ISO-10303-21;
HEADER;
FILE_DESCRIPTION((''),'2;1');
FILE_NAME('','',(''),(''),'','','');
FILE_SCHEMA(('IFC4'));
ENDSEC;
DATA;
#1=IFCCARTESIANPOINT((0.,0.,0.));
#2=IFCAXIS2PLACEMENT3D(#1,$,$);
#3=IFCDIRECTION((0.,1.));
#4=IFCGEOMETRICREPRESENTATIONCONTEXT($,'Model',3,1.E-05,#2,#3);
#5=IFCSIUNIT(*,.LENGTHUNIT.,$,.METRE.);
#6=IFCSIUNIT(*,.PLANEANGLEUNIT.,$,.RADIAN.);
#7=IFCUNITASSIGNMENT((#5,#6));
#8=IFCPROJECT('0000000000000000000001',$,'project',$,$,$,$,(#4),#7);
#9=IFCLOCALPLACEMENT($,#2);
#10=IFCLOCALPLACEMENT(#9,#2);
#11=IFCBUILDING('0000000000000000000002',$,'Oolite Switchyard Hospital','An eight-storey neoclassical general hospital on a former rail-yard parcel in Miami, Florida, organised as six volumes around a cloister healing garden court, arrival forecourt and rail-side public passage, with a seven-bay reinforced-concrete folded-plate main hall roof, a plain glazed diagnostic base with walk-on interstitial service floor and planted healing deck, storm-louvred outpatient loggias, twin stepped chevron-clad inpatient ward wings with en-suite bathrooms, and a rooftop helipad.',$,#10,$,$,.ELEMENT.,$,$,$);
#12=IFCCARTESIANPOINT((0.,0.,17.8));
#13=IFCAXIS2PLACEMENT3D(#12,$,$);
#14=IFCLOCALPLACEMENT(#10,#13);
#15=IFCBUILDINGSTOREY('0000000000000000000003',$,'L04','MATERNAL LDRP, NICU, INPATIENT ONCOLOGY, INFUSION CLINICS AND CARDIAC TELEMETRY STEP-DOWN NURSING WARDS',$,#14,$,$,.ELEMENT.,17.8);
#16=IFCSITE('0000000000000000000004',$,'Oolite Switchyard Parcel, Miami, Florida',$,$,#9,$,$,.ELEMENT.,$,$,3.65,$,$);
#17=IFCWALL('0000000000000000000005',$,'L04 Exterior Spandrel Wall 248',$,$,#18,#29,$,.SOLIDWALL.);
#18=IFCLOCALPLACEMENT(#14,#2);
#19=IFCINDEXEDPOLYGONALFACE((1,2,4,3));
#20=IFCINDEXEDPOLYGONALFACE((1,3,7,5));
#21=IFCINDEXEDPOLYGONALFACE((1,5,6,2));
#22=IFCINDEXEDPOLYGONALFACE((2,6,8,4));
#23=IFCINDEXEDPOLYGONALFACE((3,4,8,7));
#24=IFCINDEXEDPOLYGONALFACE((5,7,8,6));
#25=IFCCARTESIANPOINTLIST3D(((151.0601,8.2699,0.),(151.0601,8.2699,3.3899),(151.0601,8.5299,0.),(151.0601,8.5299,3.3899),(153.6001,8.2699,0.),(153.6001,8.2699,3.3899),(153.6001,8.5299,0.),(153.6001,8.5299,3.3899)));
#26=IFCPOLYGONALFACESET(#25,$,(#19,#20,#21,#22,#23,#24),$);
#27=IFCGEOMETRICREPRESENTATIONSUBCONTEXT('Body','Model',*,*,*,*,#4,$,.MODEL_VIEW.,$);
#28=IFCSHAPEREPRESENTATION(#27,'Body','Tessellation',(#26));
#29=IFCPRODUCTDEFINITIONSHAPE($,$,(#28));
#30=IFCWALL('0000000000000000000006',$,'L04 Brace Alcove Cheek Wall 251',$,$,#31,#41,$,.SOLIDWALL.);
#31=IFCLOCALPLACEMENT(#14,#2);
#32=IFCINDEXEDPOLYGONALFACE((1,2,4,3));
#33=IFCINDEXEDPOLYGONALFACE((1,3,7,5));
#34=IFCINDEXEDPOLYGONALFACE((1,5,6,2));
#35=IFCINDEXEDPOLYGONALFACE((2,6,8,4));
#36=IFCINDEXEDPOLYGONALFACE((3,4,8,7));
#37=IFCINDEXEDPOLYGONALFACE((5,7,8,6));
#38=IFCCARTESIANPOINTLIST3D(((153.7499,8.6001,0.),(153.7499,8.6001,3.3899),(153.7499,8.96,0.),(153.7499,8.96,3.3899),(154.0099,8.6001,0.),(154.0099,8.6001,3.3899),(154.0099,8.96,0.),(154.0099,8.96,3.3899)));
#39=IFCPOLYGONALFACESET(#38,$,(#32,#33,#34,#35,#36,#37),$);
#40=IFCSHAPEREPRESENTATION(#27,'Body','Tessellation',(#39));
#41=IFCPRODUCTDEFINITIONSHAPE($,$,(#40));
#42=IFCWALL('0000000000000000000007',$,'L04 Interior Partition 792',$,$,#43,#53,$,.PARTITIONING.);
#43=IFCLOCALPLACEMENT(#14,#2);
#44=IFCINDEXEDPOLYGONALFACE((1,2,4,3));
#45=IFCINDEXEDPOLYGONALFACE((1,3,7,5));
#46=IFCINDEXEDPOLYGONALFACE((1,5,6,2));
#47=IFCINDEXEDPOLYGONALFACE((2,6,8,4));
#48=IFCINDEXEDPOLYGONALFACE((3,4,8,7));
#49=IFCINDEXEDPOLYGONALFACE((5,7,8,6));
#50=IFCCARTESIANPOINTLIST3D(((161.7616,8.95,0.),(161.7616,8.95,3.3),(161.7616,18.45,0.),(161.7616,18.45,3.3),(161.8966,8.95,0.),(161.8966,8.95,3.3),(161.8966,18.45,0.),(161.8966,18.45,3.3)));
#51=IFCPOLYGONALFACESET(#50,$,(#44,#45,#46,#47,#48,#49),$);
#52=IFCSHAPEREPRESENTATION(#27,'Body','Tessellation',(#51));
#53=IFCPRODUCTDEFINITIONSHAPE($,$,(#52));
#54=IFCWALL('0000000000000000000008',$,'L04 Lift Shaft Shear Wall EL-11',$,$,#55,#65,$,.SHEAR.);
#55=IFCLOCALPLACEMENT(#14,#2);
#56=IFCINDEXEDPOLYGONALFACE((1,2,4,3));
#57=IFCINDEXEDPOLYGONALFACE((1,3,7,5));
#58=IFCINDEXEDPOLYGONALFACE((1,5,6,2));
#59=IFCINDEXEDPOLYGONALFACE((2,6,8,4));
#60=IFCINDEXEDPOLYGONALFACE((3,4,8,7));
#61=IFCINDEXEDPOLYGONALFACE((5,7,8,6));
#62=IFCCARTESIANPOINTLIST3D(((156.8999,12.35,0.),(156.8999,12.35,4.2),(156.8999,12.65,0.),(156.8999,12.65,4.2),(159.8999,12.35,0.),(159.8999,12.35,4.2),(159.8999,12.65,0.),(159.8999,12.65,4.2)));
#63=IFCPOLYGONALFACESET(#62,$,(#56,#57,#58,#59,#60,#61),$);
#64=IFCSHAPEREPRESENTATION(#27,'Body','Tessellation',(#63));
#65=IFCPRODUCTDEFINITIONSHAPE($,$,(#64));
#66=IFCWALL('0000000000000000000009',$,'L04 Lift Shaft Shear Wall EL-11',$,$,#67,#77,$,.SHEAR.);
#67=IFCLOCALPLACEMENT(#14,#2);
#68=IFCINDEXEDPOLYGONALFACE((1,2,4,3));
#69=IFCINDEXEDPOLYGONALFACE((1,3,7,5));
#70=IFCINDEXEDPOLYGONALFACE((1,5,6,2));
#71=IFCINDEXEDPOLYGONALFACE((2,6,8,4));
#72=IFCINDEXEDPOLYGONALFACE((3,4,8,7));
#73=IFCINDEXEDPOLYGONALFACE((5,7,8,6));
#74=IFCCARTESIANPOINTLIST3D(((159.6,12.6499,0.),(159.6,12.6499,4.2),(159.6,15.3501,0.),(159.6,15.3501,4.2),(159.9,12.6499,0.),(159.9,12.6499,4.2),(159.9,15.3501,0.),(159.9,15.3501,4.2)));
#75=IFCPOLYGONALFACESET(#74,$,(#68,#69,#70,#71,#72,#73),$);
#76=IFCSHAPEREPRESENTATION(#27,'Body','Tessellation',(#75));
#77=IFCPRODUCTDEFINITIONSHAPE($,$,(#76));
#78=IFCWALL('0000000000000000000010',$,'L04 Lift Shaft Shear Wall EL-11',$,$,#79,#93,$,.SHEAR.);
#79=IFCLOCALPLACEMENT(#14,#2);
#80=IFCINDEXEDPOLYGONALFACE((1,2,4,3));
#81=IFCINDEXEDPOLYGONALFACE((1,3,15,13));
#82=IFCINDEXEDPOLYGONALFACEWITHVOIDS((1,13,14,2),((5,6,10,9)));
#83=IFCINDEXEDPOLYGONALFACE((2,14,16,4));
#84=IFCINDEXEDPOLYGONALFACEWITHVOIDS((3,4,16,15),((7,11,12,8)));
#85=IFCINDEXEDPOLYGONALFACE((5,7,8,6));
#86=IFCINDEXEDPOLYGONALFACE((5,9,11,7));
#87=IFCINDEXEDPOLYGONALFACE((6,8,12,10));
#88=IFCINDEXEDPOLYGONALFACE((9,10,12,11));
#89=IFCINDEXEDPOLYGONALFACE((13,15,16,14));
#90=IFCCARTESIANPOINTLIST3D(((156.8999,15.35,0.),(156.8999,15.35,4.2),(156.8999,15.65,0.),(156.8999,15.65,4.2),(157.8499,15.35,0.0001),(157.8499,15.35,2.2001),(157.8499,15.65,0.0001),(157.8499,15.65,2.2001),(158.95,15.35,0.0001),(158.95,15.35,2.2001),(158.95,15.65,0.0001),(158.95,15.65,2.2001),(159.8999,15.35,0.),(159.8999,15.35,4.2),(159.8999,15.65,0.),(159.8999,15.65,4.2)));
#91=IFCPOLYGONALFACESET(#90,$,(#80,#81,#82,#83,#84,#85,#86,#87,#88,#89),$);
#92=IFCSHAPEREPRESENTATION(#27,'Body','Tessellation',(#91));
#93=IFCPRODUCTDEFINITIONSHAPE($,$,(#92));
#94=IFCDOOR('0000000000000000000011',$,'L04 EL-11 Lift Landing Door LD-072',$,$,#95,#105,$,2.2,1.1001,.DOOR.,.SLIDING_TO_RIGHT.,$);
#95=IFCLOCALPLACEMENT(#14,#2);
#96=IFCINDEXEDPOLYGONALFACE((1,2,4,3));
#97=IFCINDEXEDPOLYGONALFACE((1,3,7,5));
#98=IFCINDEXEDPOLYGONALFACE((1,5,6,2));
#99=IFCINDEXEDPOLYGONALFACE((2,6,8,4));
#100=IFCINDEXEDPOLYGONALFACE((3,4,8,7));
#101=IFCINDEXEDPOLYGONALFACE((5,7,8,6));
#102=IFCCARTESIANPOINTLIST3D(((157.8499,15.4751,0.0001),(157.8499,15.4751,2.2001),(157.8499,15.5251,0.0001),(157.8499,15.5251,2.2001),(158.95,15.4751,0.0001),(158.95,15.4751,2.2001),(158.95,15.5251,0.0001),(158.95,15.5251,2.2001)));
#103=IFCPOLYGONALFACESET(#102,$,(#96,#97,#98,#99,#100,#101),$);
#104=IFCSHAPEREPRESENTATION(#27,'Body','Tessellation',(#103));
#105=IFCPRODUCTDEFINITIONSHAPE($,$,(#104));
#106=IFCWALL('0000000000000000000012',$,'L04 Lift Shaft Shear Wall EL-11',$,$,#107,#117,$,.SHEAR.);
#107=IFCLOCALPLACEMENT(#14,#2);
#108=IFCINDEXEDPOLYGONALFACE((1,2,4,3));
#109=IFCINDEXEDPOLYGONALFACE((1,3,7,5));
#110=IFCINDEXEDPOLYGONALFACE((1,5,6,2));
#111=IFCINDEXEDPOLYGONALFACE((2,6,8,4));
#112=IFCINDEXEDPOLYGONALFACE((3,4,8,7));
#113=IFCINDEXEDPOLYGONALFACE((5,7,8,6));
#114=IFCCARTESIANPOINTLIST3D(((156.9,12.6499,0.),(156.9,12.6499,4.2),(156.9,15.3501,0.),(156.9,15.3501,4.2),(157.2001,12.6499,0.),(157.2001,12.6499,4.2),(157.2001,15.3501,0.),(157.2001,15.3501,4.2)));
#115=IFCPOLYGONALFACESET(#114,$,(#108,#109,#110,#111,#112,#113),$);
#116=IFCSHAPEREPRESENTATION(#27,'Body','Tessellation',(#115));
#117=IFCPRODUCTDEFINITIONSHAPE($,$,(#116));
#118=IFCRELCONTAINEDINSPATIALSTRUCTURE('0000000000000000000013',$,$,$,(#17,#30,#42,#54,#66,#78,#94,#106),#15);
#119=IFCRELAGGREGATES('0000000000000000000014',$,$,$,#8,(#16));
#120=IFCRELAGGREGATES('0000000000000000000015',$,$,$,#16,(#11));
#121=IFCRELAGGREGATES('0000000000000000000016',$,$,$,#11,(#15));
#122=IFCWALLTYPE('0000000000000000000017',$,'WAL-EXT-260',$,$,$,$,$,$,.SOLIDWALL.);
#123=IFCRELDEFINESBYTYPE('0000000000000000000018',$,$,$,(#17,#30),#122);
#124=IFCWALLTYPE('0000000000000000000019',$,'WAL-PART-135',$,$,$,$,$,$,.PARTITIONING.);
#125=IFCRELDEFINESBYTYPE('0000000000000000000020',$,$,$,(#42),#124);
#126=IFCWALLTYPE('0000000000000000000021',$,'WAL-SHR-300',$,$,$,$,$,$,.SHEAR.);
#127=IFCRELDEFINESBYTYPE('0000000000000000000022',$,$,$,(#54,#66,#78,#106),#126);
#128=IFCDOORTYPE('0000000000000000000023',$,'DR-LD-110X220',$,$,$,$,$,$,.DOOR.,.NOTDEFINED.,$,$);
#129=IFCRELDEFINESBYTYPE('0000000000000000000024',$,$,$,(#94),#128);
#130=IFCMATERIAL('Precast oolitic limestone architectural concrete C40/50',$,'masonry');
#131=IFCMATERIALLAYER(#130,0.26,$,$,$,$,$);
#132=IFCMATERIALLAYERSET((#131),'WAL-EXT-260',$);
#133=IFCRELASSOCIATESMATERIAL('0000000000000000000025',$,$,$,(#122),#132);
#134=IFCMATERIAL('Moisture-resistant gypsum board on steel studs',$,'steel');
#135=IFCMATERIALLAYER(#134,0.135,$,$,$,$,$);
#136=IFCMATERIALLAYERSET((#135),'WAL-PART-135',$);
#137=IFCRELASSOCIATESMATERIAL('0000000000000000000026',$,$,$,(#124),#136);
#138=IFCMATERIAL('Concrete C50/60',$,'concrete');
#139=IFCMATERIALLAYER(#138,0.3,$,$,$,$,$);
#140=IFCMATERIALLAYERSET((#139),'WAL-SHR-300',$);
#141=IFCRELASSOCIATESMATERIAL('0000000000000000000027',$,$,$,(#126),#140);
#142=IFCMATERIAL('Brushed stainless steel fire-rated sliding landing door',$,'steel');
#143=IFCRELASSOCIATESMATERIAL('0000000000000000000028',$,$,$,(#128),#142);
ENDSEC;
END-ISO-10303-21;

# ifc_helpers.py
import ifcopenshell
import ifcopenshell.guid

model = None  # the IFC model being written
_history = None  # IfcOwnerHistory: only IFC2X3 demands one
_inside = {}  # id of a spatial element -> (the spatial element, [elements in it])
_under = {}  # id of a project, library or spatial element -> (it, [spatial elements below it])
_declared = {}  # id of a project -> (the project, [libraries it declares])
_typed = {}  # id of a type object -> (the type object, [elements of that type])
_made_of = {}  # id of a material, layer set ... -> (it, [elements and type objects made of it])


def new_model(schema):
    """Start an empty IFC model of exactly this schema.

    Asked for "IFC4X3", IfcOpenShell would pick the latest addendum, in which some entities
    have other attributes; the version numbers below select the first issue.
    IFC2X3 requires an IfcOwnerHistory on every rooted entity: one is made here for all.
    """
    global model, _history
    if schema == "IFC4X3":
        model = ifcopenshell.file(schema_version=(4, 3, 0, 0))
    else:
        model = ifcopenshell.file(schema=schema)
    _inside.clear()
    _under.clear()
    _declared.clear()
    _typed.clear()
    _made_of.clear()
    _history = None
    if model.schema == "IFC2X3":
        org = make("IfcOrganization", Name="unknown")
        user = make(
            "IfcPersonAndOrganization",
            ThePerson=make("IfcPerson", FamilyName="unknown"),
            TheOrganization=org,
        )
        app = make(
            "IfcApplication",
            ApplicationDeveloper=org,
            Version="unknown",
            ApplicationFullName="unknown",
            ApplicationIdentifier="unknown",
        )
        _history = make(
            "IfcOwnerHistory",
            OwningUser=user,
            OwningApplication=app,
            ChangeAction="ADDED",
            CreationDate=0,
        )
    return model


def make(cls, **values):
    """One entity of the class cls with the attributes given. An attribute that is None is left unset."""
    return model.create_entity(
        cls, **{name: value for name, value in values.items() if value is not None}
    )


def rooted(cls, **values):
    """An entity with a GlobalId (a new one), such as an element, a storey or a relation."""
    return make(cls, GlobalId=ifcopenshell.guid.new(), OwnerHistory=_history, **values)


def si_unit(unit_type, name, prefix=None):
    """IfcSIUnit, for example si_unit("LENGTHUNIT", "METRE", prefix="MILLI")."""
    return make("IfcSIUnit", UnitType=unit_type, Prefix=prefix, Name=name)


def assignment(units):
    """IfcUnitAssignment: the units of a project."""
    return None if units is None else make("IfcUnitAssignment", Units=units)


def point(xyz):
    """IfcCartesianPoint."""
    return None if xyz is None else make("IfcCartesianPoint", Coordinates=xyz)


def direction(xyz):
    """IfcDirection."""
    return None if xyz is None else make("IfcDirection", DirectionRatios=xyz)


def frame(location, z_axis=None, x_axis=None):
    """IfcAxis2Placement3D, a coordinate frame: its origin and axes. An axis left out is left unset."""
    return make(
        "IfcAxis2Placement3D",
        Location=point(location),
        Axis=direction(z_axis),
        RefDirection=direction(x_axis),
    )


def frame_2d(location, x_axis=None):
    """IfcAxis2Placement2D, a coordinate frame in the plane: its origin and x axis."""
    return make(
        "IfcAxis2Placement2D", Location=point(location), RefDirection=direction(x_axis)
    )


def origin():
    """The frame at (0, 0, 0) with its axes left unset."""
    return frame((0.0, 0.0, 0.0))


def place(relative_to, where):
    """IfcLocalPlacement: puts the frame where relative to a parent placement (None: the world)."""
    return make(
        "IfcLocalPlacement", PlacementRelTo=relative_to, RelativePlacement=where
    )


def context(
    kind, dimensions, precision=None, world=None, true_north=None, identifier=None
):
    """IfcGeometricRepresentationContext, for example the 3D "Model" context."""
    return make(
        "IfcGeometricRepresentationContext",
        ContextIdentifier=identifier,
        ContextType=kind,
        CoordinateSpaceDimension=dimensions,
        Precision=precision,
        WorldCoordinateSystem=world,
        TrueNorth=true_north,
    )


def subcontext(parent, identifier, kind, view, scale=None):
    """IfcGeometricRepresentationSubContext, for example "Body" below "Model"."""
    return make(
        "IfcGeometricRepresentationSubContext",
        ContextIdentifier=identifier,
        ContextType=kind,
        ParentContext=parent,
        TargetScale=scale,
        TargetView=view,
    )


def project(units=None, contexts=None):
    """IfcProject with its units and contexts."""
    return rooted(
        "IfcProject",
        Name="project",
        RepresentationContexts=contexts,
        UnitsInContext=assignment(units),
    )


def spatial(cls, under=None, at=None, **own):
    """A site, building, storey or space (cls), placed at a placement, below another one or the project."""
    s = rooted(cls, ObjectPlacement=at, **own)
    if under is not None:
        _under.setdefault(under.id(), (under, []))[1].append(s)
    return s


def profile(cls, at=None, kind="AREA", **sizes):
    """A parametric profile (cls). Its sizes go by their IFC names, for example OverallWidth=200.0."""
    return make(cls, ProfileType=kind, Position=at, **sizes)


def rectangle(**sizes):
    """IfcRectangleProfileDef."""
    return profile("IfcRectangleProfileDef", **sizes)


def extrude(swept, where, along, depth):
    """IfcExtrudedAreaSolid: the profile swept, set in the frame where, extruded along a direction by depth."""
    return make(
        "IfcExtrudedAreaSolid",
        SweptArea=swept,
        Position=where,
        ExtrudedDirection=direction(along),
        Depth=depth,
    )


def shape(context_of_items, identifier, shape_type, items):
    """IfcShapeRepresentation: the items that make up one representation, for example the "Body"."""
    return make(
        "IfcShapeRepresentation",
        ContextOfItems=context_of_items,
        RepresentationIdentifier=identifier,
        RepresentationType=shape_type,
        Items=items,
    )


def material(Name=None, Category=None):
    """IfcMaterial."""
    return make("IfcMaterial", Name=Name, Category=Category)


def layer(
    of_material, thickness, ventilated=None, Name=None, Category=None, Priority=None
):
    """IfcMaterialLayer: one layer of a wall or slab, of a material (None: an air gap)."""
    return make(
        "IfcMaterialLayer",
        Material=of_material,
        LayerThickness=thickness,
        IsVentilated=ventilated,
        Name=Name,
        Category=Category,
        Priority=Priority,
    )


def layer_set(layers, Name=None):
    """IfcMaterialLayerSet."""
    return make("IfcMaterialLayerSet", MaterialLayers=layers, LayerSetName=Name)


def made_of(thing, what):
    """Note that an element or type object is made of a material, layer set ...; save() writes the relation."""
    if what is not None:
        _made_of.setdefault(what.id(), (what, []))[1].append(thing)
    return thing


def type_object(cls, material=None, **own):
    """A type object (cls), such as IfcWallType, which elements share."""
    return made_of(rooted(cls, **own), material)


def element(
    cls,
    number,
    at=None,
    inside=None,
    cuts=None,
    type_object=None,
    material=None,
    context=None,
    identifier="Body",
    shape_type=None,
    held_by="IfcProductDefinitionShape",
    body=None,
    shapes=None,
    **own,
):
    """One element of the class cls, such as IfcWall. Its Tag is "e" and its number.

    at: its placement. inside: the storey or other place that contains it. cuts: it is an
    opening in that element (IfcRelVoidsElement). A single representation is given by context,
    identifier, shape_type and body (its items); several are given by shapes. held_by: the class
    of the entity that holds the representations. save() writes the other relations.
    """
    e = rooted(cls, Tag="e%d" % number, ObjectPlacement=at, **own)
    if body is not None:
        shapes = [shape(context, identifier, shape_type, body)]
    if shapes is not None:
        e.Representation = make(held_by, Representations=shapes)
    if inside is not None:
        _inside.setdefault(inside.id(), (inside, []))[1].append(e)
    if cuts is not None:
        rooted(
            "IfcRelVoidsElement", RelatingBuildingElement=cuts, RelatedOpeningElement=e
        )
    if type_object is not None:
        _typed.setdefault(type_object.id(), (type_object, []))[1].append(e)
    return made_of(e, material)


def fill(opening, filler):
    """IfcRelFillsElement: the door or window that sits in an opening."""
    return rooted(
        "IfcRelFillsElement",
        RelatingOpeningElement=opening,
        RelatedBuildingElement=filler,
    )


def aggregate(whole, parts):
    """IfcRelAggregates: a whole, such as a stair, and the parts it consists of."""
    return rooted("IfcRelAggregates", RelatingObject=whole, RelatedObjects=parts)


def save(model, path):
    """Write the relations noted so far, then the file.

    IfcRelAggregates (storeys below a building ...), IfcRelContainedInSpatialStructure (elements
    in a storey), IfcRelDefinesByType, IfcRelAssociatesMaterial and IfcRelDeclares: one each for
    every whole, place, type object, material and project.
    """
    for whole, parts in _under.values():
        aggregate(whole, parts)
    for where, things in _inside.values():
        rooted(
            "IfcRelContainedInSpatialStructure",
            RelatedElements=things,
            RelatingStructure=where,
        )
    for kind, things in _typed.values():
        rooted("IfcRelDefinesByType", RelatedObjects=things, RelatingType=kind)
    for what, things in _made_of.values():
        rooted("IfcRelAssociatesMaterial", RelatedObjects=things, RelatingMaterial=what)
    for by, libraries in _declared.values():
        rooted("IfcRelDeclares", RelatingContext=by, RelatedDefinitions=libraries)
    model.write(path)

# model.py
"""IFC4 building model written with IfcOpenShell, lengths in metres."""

from ifc_helpers import new_model, si_unit, direction, frame, frame_2d, origin, place, context, subcontext, project, spatial, rectangle, extrude, material, layer, layer_set, type_object, element, fill, save


model = new_model("IFC4")

# Units and contexts
model_context = context("Model", 3, precision=1e-05, world=origin(), true_north=direction((0.0, 1.0)))
body_context = subcontext(model_context, "Body", "Model", "MODEL_VIEW")
ifc_project = project(units=[si_unit("LENGTHUNIT", "METRE"), si_unit("PLANEANGLEUNIT", "RADIAN")], contexts=[model_context])

# Site, building, storey
site_placement = place(None, origin())
site = spatial("IfcSite", under=ifc_project, at=site_placement, Name="Oolite Switchyard Parcel, Miami, Florida", CompositionType="ELEMENT", RefElevation=3.65)
building_placement = place(site_placement, origin())
building = spatial("IfcBuilding", under=site, at=building_placement, Name="Oolite Switchyard Hospital", Description="An eight-storey neoclassical general hospital on a former rail-yard parcel in Miami, Florida, organised as six volumes around a cloister healing garden court, arrival forecourt and rail-side public passage, with a seven-bay reinforced-concrete folded-plate main hall roof, a plain glazed diagnostic base with walk-on interstitial service floor and planted healing deck, storm-louvred outpatient loggias, twin stepped chevron-clad inpatient ward wings with en-suite bathrooms, and a rooftop helipad.", CompositionType="ELEMENT")
storey_placement = place(building_placement, frame((0.0, 0.0, 17.8)))
storey = spatial("IfcBuildingStorey", under=building, at=storey_placement, Name="L04", Description="MATERNAL LDRP, NICU, INPATIENT ONCOLOGY, INFUSION CLINICS AND CARDIAC TELEMETRY STEP-DOWN NURSING WARDS", CompositionType="ELEMENT", Elevation=17.8)

# Shared definitions
ifc_material_1 = material(Name="Concrete C50/60", Category="concrete")

# Walls
ifc_material_2 = material(Name="Precast oolitic limestone architectural concrete C40/50", Category="masonry")
ifc_layer_1 = layer(ifc_material_2, 0.26)
ifc_layer_set_1 = layer_set([ifc_layer_1], Name="WAL-EXT-260")
wall_type_1 = type_object("IfcWallType", Name="WAL-EXT-260", PredefinedType="SOLIDWALL", material=ifc_layer_set_1)
wall_1_placement = place(storey_placement, frame((153.6001, 8.3999, 0.0), z_axis=(0.0, 0.0, 1.0), x_axis=(-1.0, 0.0, 0.0)))
element("IfcWall", 1, at=wall_1_placement, inside=storey, type_object=wall_type_1, Name="L04 Exterior Spandrel Wall 248", PredefinedType="SOLIDWALL", context=body_context, shape_type="SweptSolid", body=[
    extrude(rectangle(XDim=2.54, YDim=0.26, at=frame_2d((1.27, 0.0))), origin(), (0.0, 0.0, 1.0), 3.3899),
])
wall_2_placement = place(storey_placement, frame((153.8799, 8.6001, 0.0), z_axis=(0.0, 0.0, 1.0), x_axis=(0.0, 1.0, 0.0)))
element("IfcWall", 2, at=wall_2_placement, inside=storey, type_object=wall_type_1, Name="L04 Brace Alcove Cheek Wall 251", PredefinedType="SOLIDWALL", context=body_context, shape_type="SweptSolid", body=[
    extrude(rectangle(XDim=0.3599, YDim=0.26, at=frame_2d((0.1799, 0.0))), origin(), (0.0, 0.0, 1.0), 3.3899),
])
ifc_material_3 = material(Name="Moisture-resistant gypsum board on steel studs", Category="steel")
ifc_layer_2 = layer(ifc_material_3, 0.135)
ifc_layer_set_2 = layer_set([ifc_layer_2], Name="WAL-PART-135")
wall_type_2 = type_object("IfcWallType", Name="WAL-PART-135", PredefinedType="PARTITIONING", material=ifc_layer_set_2)
wall_3_placement = place(storey_placement, frame((161.8291, 8.95, 0.0), z_axis=(0.0, 0.0, 1.0), x_axis=(0.0, 1.0, 0.0)))
element("IfcWall", 3, at=wall_3_placement, inside=storey, type_object=wall_type_2, Name="L04 Interior Partition 792", PredefinedType="PARTITIONING", context=body_context, shape_type="SweptSolid", body=[
    extrude(rectangle(XDim=9.5, YDim=0.135, at=frame_2d((4.75, 0.0))), origin(), (0.0, 0.0, 1.0), 3.3),
])
ifc_layer_3 = layer(ifc_material_1, 0.3)
ifc_layer_set_3 = layer_set([ifc_layer_3], Name="WAL-SHR-300")
wall_type_3 = type_object("IfcWallType", Name="WAL-SHR-300", PredefinedType="SHEAR", material=ifc_layer_set_3)
wall_4_placement = place(storey_placement, frame((156.8999, 12.5, 0.0), z_axis=(0.0, 0.0, 1.0), x_axis=(1.0, 0.0, 0.0)))
element("IfcWall", 4, at=wall_4_placement, inside=storey, type_object=wall_type_3, Name="L04 Lift Shaft Shear Wall EL-11", PredefinedType="SHEAR", context=body_context, shape_type="SweptSolid", body=[
    extrude(rectangle(XDim=3.0, YDim=0.3, at=frame_2d((1.5, 0.0))), origin(), (0.0, 0.0, 1.0), 4.2),
])
wall_5_placement = place(storey_placement, frame((159.75, 12.6499, 0.0), z_axis=(0.0, 0.0, 1.0), x_axis=(0.0, 1.0, 0.0)))
element("IfcWall", 5, at=wall_5_placement, inside=storey, type_object=wall_type_3, Name="L04 Lift Shaft Shear Wall EL-11", PredefinedType="SHEAR", context=body_context, shape_type="SweptSolid", body=[
    extrude(rectangle(XDim=2.7002, YDim=0.3, at=frame_2d((1.3501, 0.0))), origin(), (0.0, 0.0, 1.0), 4.2),
])

# Wall, opening, door
wall_6_placement = place(storey_placement, frame((159.8999, 15.5, 0.0), z_axis=(0.0, 0.0, 1.0), x_axis=(-1.0, 0.0, 0.0)))
wall_6 = element("IfcWall", 6, at=wall_6_placement, inside=storey, type_object=wall_type_3, Name="L04 Lift Shaft Shear Wall EL-11", PredefinedType="SHEAR", context=body_context, shape_type="SweptSolid", body=[
    extrude(rectangle(XDim=3.0, YDim=0.3, at=frame_2d((1.5, 0.0))), origin(), (0.0, 0.0, 1.0), 4.2),
])
opening_placement = place(wall_6_placement, frame((0.95, 0.0, 0.0)))
opening = element("IfcOpeningElement", 7, at=opening_placement, cuts=wall_6, PredefinedType="OPENING", context=body_context, shape_type="SweptSolid", body=[
    extrude(rectangle(XDim=1.1001, YDim=2.2, at=frame_2d((0.55, 1.1001))), frame((0.0, 0.1602, 0.0), z_axis=(0.0, -1.0, 0.0), x_axis=(1.0, 0.0, 0.0)), (0.0, 0.0, 1.0), 0.3201),
])
ifc_material_4 = material(Name="Brushed stainless steel fire-rated sliding landing door", Category="steel")
door_type = type_object("IfcDoorType", Name="DR-LD-110X220", OperationType="NOTDEFINED", PredefinedType="DOOR", material=ifc_material_4)
door_placement = place(opening_placement, origin())
door = element("IfcDoor", 8, at=door_placement, inside=storey, type_object=door_type, Name="L04 EL-11 Lift Landing Door LD-072", OperationType="SLIDING_TO_RIGHT", OverallHeight=2.2, OverallWidth=1.1001, PredefinedType="DOOR", context=body_context, shape_type="SweptSolid", body=[
    extrude(rectangle(XDim=1.1001, YDim=2.2, at=frame_2d((0.55, 1.1001))), frame((0.0, 0.0249, 0.0), z_axis=(0.0, -1.0, 0.0), x_axis=(1.0, 0.0, 0.0)), (0.0, 0.0, 1.0), 0.05),
])
fill(opening, door)

# Wall
wall_7_placement = place(storey_placement, frame((157.05, 15.3501, 0.0), z_axis=(0.0, 0.0, 1.0), x_axis=(0.0, -1.0, 0.0)))
element("IfcWall", 9, at=wall_7_placement, inside=storey, type_object=wall_type_3, Name="L04 Lift Shaft Shear Wall EL-11", PredefinedType="SHEAR", context=body_context, shape_type="SweptSolid", body=[
    extrude(rectangle(XDim=2.7002, YDim=0.3, at=frame_2d((1.3501, 0.0))), origin(), (0.0, 0.0, 1.0), 4.2),
])

save(model, "model.ifc")
